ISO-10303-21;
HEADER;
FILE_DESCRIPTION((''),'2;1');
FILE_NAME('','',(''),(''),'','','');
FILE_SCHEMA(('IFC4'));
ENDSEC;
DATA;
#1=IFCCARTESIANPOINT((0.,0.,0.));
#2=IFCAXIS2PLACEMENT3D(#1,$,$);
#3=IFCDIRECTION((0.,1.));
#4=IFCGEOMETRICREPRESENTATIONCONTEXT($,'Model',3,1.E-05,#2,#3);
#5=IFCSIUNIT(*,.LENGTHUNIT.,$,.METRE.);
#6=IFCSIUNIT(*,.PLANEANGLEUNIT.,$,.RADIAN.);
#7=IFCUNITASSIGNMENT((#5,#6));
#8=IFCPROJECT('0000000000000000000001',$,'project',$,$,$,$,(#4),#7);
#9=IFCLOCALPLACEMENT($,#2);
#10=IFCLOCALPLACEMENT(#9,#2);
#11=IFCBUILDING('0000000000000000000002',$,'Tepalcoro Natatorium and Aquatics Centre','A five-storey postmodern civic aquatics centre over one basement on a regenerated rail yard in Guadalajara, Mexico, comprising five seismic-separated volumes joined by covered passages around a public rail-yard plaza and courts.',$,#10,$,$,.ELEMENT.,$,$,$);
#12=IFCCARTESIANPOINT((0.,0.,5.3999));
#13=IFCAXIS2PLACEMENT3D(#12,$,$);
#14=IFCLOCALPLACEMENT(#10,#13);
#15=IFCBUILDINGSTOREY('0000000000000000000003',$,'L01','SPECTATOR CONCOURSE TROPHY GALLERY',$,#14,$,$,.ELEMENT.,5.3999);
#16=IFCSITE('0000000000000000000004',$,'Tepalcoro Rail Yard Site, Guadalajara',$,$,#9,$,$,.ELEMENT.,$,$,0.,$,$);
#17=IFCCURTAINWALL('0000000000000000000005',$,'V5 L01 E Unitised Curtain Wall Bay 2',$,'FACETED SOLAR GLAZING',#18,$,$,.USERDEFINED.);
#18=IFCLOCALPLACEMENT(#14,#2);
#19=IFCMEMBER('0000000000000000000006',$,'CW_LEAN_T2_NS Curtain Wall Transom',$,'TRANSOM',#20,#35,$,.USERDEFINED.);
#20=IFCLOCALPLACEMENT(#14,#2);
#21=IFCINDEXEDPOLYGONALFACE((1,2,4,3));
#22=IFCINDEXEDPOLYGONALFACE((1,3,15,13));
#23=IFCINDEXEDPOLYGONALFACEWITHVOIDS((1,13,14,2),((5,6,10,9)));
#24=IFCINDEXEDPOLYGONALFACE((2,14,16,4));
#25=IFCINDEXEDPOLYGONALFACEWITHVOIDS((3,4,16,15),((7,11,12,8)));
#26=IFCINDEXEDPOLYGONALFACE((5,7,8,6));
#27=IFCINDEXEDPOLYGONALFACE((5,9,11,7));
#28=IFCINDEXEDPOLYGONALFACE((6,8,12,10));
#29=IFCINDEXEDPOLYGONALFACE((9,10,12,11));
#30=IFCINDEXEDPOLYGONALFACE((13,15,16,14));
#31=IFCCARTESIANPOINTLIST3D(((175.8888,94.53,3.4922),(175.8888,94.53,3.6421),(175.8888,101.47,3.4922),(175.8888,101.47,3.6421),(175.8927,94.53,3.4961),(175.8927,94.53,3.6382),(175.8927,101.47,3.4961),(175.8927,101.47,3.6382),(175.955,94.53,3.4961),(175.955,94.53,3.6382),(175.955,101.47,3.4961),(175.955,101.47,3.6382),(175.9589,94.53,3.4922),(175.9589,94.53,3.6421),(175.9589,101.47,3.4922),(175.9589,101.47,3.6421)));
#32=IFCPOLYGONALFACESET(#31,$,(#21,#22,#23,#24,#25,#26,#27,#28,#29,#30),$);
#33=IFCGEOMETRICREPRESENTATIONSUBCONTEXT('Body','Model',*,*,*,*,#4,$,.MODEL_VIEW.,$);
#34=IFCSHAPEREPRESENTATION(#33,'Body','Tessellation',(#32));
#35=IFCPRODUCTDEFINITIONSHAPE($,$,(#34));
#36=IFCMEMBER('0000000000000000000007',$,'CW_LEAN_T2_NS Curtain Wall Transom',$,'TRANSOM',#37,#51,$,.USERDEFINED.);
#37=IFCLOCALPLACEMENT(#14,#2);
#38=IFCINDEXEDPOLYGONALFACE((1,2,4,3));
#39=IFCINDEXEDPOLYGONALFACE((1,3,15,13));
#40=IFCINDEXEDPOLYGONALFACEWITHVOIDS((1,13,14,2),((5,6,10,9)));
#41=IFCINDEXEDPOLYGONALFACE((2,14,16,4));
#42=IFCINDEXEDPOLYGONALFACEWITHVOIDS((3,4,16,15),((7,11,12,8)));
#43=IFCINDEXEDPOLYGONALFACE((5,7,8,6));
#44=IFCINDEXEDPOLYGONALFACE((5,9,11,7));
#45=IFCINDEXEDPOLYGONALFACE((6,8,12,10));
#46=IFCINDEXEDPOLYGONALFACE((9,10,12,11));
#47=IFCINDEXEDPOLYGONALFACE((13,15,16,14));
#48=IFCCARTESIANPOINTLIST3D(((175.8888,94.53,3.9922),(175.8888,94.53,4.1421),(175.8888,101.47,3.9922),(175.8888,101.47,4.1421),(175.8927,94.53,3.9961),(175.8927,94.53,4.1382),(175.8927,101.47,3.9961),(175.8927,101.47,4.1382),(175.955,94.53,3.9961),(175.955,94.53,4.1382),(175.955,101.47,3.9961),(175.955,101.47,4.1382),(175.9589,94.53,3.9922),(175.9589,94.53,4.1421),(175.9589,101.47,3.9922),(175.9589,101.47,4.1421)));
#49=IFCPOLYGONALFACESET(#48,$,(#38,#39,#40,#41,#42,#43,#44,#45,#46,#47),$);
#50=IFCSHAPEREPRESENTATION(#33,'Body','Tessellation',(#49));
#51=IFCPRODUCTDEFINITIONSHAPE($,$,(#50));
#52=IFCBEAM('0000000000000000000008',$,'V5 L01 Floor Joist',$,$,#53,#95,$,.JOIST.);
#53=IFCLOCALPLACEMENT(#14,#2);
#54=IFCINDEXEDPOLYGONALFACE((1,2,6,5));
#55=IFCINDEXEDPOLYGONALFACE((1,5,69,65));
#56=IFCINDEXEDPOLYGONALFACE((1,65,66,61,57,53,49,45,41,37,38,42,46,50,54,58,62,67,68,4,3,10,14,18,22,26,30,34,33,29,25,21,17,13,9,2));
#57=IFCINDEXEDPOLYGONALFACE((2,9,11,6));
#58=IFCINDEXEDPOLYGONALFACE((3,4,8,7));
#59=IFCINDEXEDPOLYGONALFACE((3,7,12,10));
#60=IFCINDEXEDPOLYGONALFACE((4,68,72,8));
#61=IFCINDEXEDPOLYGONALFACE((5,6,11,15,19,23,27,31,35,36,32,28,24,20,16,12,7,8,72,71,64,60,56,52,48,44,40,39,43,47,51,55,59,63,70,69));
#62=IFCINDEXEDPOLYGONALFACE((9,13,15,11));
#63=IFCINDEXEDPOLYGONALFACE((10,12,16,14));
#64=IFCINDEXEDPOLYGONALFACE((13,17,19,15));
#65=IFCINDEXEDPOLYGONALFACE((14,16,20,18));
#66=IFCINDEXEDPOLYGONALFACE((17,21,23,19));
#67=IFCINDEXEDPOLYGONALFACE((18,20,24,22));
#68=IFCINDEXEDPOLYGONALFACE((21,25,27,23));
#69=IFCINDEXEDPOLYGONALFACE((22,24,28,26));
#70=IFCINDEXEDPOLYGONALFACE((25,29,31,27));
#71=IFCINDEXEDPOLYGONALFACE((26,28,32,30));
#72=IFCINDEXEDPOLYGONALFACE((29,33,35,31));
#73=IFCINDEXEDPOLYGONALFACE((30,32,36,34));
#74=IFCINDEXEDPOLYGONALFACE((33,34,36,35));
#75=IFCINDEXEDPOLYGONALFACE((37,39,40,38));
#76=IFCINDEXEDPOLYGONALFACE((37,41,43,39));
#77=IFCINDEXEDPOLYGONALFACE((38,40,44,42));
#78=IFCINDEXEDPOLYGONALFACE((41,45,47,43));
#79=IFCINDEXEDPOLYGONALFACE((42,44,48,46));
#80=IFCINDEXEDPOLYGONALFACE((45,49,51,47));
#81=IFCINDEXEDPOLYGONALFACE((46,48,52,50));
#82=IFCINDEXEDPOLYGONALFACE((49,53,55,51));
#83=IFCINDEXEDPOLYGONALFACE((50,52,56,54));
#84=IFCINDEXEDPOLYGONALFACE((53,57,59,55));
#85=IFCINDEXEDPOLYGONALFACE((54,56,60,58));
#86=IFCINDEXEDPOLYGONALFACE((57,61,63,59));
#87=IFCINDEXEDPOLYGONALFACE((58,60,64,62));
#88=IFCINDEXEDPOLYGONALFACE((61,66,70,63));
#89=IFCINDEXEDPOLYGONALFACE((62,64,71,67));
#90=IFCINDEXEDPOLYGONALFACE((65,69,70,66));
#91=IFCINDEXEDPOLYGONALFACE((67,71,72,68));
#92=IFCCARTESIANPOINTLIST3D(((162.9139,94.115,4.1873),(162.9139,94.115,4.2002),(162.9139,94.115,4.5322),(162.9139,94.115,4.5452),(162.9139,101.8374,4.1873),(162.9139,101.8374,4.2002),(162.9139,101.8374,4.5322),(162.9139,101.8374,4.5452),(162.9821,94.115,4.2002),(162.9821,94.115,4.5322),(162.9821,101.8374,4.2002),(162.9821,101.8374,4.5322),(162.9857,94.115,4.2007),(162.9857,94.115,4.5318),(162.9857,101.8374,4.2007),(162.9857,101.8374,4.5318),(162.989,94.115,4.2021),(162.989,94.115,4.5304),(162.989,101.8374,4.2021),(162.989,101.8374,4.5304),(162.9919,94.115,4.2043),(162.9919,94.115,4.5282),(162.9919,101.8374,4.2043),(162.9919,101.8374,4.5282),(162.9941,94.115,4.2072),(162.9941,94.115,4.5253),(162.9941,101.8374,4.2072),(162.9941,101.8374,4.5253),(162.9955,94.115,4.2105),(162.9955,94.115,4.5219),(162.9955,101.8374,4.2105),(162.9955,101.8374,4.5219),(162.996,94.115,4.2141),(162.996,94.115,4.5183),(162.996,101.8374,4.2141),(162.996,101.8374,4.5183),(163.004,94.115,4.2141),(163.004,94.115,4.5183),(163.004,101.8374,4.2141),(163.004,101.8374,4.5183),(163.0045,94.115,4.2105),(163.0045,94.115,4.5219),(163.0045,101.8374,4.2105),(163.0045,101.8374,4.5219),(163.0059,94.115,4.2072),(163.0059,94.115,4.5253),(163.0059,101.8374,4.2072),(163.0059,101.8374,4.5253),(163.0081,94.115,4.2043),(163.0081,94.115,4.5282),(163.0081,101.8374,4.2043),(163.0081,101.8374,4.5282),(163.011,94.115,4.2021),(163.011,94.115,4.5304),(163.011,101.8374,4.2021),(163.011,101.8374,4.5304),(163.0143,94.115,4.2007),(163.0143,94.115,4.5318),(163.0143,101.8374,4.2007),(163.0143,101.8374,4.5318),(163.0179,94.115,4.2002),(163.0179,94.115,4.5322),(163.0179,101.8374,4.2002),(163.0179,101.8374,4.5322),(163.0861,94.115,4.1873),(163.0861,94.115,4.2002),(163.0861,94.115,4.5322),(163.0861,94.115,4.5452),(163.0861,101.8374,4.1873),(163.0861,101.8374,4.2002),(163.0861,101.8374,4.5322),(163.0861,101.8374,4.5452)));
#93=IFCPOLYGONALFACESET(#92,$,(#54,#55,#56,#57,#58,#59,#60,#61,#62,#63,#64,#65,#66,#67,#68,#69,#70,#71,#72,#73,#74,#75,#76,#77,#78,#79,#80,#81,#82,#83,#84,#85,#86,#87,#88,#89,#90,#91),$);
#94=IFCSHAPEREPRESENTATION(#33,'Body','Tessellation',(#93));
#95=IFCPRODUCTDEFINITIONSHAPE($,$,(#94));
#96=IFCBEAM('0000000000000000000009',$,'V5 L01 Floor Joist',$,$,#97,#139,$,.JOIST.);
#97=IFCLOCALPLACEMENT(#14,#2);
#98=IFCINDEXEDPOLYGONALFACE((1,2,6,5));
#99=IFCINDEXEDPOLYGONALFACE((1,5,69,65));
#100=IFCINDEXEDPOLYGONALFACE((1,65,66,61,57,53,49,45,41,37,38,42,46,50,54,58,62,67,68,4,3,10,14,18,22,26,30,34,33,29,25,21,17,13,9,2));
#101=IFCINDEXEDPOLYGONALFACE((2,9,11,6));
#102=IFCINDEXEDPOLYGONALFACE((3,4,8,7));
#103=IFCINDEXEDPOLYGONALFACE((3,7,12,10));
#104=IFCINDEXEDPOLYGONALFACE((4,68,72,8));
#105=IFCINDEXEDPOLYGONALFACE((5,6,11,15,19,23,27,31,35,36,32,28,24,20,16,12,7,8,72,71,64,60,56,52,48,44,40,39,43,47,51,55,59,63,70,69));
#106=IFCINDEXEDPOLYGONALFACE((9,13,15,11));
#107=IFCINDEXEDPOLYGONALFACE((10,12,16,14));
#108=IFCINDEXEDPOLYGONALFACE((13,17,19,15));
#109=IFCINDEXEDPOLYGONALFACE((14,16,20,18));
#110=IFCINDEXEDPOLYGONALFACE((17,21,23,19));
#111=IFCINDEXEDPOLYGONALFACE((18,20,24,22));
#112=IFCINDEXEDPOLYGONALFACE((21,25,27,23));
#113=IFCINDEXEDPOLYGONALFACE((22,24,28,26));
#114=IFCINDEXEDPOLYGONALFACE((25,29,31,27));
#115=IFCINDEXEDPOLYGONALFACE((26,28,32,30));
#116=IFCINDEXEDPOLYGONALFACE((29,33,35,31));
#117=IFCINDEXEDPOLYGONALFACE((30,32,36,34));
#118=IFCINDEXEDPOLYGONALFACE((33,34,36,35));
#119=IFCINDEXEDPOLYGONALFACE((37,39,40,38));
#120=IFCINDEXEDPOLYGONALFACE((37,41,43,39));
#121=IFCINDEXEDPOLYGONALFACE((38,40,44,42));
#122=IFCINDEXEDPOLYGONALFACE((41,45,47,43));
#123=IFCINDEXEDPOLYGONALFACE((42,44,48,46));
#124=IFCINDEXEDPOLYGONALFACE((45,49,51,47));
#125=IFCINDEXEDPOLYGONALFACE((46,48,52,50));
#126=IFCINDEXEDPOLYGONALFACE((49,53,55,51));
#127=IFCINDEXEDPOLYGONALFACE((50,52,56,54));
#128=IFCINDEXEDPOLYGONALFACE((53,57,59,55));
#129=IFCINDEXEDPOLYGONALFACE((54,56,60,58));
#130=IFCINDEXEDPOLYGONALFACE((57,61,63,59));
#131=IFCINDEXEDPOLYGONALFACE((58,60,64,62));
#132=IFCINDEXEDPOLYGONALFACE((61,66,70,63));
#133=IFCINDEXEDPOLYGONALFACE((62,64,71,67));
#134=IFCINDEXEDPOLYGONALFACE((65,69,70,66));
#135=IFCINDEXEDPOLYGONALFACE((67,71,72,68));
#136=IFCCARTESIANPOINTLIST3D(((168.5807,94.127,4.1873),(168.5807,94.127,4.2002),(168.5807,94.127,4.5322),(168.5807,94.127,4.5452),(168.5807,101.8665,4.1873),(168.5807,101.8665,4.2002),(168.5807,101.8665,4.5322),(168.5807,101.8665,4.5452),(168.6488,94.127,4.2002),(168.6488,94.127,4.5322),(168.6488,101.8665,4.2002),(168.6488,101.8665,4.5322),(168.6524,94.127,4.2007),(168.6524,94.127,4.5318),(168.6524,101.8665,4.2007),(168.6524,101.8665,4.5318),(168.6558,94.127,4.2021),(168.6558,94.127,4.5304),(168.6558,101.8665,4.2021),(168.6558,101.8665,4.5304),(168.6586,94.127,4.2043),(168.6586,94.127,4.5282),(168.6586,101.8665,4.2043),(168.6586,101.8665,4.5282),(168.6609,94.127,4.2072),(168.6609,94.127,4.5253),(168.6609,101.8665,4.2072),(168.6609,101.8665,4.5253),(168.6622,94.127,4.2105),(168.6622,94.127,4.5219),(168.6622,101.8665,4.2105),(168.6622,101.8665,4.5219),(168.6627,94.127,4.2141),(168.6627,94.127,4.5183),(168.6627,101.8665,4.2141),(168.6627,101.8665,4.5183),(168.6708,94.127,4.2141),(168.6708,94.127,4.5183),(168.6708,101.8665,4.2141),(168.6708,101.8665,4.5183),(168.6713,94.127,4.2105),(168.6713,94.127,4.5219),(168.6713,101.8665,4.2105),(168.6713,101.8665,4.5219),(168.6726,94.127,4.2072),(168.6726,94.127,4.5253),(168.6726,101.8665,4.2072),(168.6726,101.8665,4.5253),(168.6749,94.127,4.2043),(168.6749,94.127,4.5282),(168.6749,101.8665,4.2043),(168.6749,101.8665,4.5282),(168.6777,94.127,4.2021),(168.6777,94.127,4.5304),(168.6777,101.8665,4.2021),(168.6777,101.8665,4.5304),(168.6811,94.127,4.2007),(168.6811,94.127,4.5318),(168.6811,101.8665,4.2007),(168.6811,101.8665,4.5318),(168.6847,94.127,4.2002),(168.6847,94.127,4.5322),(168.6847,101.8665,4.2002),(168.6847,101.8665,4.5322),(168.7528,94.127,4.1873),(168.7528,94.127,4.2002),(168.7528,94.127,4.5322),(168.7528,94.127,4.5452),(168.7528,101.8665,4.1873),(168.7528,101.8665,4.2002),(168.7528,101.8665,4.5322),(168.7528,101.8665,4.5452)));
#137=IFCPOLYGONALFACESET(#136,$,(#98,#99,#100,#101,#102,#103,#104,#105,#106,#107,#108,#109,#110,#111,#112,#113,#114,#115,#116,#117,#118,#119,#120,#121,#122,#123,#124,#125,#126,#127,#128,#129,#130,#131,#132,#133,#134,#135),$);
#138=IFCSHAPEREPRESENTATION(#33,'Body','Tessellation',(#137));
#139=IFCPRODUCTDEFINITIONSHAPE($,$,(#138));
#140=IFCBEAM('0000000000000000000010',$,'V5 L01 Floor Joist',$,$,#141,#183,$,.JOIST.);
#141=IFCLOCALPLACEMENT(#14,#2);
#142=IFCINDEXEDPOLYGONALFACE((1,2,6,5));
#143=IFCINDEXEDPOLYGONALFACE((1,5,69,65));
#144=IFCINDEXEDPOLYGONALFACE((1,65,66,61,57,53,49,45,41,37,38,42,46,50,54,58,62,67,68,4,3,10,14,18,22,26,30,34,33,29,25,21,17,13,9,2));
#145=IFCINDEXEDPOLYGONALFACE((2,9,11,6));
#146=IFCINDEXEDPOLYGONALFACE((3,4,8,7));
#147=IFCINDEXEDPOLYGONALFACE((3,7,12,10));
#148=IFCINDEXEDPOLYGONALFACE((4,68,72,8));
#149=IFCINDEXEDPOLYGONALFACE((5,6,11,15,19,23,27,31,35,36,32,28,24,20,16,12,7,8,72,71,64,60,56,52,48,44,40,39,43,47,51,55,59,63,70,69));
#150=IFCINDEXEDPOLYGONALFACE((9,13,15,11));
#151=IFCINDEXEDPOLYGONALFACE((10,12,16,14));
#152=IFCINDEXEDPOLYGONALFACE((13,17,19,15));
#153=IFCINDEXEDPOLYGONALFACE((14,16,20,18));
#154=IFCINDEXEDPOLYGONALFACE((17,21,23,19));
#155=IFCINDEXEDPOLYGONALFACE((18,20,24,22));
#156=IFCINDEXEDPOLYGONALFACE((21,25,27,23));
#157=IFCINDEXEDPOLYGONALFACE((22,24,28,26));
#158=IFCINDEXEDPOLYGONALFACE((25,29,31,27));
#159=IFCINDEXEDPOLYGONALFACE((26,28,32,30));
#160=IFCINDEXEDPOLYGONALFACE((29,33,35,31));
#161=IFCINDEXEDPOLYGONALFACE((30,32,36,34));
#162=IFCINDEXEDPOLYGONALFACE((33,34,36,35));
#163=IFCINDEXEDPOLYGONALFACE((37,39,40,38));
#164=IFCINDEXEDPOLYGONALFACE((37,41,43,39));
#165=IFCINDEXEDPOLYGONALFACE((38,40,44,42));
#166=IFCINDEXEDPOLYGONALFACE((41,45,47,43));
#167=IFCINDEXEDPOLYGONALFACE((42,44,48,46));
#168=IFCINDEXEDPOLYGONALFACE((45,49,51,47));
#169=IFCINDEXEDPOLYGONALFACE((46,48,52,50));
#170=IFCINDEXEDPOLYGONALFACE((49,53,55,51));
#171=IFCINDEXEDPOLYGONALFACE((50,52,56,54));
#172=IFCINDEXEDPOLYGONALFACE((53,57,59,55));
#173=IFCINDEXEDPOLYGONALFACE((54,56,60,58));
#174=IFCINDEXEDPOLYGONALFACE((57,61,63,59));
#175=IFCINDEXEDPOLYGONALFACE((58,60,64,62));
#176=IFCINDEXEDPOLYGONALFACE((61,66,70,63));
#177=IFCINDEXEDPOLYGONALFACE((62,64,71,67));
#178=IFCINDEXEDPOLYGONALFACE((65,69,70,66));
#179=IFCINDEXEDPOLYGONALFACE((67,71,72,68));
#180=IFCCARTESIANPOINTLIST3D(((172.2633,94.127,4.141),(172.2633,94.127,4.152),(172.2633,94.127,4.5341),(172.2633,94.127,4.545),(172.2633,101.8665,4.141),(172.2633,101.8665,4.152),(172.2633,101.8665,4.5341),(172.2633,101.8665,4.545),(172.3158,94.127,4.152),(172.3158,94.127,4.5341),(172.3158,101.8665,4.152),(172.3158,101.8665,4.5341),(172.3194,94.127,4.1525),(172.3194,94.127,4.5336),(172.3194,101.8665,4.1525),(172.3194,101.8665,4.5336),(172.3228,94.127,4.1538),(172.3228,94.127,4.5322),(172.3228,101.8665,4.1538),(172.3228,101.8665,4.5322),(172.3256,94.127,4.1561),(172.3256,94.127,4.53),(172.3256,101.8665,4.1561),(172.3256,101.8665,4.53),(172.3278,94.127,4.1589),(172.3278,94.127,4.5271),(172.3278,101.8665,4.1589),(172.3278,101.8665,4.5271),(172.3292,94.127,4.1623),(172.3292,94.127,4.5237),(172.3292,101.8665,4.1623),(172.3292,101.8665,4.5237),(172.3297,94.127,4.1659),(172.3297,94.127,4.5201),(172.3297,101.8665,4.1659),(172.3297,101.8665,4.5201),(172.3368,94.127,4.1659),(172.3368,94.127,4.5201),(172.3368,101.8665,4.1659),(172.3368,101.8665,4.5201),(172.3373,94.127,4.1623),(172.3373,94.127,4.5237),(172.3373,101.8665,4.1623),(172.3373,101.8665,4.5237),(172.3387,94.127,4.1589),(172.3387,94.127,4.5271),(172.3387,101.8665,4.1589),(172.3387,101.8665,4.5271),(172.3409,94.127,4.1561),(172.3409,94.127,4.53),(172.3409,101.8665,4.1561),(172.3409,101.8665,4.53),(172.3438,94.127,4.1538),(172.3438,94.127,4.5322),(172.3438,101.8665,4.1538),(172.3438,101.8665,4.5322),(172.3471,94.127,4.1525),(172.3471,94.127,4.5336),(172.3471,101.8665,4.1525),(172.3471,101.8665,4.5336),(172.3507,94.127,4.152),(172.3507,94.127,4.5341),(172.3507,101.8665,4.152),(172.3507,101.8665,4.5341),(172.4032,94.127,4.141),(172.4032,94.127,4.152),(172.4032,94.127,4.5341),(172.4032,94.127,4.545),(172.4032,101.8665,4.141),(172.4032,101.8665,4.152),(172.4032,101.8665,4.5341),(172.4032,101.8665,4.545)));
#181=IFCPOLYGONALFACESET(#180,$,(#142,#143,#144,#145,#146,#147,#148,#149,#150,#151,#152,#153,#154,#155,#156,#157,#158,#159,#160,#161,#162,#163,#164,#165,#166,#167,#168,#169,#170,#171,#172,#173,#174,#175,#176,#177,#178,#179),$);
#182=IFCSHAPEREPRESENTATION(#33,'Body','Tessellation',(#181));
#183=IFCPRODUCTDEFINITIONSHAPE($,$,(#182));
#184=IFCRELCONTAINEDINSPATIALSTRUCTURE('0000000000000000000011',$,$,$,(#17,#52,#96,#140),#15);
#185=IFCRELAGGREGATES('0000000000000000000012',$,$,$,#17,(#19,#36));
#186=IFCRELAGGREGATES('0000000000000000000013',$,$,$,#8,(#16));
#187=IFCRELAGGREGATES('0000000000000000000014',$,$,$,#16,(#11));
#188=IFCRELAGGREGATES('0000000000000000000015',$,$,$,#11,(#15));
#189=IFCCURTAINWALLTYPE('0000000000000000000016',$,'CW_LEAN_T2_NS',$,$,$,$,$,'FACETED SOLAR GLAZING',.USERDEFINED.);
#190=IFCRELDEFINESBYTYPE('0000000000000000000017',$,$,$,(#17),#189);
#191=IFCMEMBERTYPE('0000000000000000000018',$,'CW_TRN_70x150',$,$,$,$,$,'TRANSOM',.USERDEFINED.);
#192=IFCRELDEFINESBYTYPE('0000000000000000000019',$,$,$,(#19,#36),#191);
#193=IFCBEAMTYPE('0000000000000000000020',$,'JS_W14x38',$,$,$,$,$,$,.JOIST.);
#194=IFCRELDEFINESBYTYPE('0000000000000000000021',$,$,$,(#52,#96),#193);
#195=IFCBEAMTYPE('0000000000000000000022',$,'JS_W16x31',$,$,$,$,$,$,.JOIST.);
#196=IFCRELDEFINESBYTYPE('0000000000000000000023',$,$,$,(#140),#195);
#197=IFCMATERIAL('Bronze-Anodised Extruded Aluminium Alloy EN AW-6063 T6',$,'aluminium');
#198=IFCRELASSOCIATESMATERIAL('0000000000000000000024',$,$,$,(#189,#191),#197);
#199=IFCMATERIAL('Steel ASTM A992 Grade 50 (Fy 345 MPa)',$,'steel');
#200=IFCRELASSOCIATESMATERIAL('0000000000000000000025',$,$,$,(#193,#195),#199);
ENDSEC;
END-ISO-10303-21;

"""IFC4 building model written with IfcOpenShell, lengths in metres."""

from ifc_helpers import new_model, si_unit, direction, frame, origin, origin_2d, place, context, subcontext, project, spatial, hollow_rectangle, i_section, extrude, material, material_profile, profile_set, type_object, element, aggregate, save


model = new_model("IFC4")

# Units and contexts
model_context = context("Model", 3, precision=1e-05, world=origin(), true_north=direction((0.0, 1.0)))
body_context = subcontext(model_context, "Body", "Model", "MODEL_VIEW")
ifc_project = project(units=[si_unit("LENGTHUNIT", "METRE"), si_unit("PLANEANGLEUNIT", "RADIAN")], contexts=[model_context])

# Site, building, storey
site_placement = place(None, origin())
site = spatial("IfcSite", under=ifc_project, at=site_placement, Name="Tepalcoro Rail Yard Site, Guadalajara", CompositionType="ELEMENT", RefElevation=0.0)
building_placement = place(site_placement, origin())
building = spatial("IfcBuilding", under=site, at=building_placement, Name="Tepalcoro Natatorium and Aquatics Centre", Description="A five-storey postmodern civic aquatics centre over one basement on a regenerated rail yard in Guadalajara, Mexico, comprising five seismic-separated volumes joined by covered passages around a public rail-yard plaza and courts.", CompositionType="ELEMENT")
storey_placement = place(building_placement, frame((0.0, 0.0, 5.3999)))
storey = spatial("IfcBuildingStorey", under=building, at=storey_placement, Name="L01", Description="SPECTATOR CONCOURSE TROPHY GALLERY", CompositionType="ELEMENT", Elevation=5.3999)

# Shared definitions
ifc_material_1 = material(Name="Steel ASTM A992 Grade 50 (Fy 345 MPa)", Category="steel")

# Curtain wall, members
ifc_material_2 = material(Name="Bronze-Anodised Extruded Aluminium Alloy EN AW-6063 T6", Category="aluminium")
curtain_wall_type = type_object("IfcCurtainWallType", Name="CW_LEAN_T2_NS", ElementType="FACETED SOLAR GLAZING", PredefinedType="USERDEFINED", material=ifc_material_2)
curtain_wall_placement = place(storey_placement, origin())
curtain_wall = element("IfcCurtainWall", 1, at=curtain_wall_placement, inside=storey, type_object=curtain_wall_type, Name="V5 L01 E Unitised Curtain Wall Bay 2", ObjectType="FACETED SOLAR GLAZING", PredefinedType="USERDEFINED")
ifc_material_profile_1 = material_profile(ifc_material_2, hollow_rectangle(XDim=0.0701, YDim=0.1499, WallThickness=0.0039, at=origin_2d()), Name="AL70X150X4")
ifc_profile_set_1 = profile_set([ifc_material_profile_1], Name="Bronze-Anodised Extruded Aluminium Alloy EN AW-6063 T6")
member_type_1 = type_object("IfcMemberType", Name="CW_TRN_70x150", ElementType="TRANSOM", PredefinedType="USERDEFINED", material=ifc_profile_set_1)
member_1_placement = place(storey_placement, frame((175.9238, 94.53, 3.5671), z_axis=(0.0, 1.0, 0.0), x_axis=(-1.0, 0.0, 0.0)))
member_1 = element("IfcMember", 2, at=member_1_placement, type_object=member_type_1, Name="CW_LEAN_T2_NS Curtain Wall Transom", ObjectType="TRANSOM", PredefinedType="USERDEFINED", context=body_context, shape_type="SweptSolid", body=[
    extrude(hollow_rectangle(XDim=0.0701, YDim=0.1499, WallThickness=0.0039, at=origin_2d()), origin(), (0.0, 0.0, 1.0), 6.9399),
])
member_2_placement = place(storey_placement, frame((175.9238, 94.53, 4.0671), z_axis=(0.0, 1.0, 0.0), x_axis=(-1.0, 0.0, 0.0)))
member_2 = element("IfcMember", 3, at=member_2_placement, type_object=member_type_1, Name="CW_LEAN_T2_NS Curtain Wall Transom", ObjectType="TRANSOM", PredefinedType="USERDEFINED", context=body_context, shape_type="SweptSolid", body=[
    extrude(hollow_rectangle(XDim=0.0701, YDim=0.1499, WallThickness=0.0039, at=origin_2d()), origin(), (0.0, 0.0, 1.0), 6.9399),
])

# Beams
ifc_material_profile_2 = material_profile(ifc_material_1, i_section(OverallWidth=0.1721, OverallDepth=0.3579, WebThickness=0.0081, FlangeThickness=0.0129, FilletRadius=0.0139, at=origin_2d()), Name="W14X38")
ifc_profile_set_2 = profile_set([ifc_material_profile_2], Name="Steel ASTM A992 Grade 50 (Fy 345 MPa)")
beam_type_1 = type_object("IfcBeamType", Name="JS_W14x38", PredefinedType="JOIST", material=ifc_profile_set_2)
beam_1_placement = place(storey_placement, frame((163.0, 94.115, 4.3662), z_axis=(0.0, 1.0, 0.0), x_axis=(-1.0, 0.0, 0.0)))
element("IfcBeam", 4, at=beam_1_placement, inside=storey, type_object=beam_type_1, Name="V5 L01 Floor Joist", PredefinedType="JOIST", context=body_context, shape_type="SweptSolid", body=[
    extrude(i_section(OverallWidth=0.1721, OverallDepth=0.3579, WebThickness=0.0081, FlangeThickness=0.0129, FilletRadius=0.0139, at=origin_2d()), origin(), (0.0, 0.0, 1.0), 7.7224),
])
beam_2_placement = place(storey_placement, frame((168.6667, 94.127, 4.3662), z_axis=(0.0, 1.0, 0.0), x_axis=(-1.0, 0.0, 0.0)))
element("IfcBeam", 5, at=beam_2_placement, inside=storey, type_object=beam_type_1, Name="V5 L01 Floor Joist", PredefinedType="JOIST", context=body_context, shape_type="SweptSolid", body=[
    extrude(i_section(OverallWidth=0.1721, OverallDepth=0.3579, WebThickness=0.0081, FlangeThickness=0.0129, FilletRadius=0.0139, at=origin_2d()), origin(), (0.0, 0.0, 1.0), 7.7395),
])
ifc_material_profile_3 = material_profile(ifc_material_1, i_section(OverallWidth=0.1399, OverallDepth=0.4041, WebThickness=0.0071, FlangeThickness=0.011, FilletRadius=0.0139, at=origin_2d()), Name="W16X31")
ifc_profile_set_3 = profile_set([ifc_material_profile_3], Name="Steel ASTM A992 Grade 50 (Fy 345 MPa)")
beam_type_2 = type_object("IfcBeamType", Name="JS_W16x31", PredefinedType="JOIST", material=ifc_profile_set_3)
beam_3_placement = place(storey_placement, frame((172.3333, 94.127, 4.343), z_axis=(0.0, 1.0, 0.0), x_axis=(-1.0, 0.0, 0.0)))
element("IfcBeam", 6, at=beam_3_placement, inside=storey, type_object=beam_type_2, Name="V5 L01 Floor Joist", PredefinedType="JOIST", context=body_context, shape_type="SweptSolid", body=[
    extrude(i_section(OverallWidth=0.1399, OverallDepth=0.4041, WebThickness=0.0071, FlangeThickness=0.011, FilletRadius=0.0139, at=origin_2d()), origin(), (0.0, 0.0, 1.0), 7.7395),
])

aggregate(curtain_wall, [member_1, member_2])

save(model, "model.ifc")
